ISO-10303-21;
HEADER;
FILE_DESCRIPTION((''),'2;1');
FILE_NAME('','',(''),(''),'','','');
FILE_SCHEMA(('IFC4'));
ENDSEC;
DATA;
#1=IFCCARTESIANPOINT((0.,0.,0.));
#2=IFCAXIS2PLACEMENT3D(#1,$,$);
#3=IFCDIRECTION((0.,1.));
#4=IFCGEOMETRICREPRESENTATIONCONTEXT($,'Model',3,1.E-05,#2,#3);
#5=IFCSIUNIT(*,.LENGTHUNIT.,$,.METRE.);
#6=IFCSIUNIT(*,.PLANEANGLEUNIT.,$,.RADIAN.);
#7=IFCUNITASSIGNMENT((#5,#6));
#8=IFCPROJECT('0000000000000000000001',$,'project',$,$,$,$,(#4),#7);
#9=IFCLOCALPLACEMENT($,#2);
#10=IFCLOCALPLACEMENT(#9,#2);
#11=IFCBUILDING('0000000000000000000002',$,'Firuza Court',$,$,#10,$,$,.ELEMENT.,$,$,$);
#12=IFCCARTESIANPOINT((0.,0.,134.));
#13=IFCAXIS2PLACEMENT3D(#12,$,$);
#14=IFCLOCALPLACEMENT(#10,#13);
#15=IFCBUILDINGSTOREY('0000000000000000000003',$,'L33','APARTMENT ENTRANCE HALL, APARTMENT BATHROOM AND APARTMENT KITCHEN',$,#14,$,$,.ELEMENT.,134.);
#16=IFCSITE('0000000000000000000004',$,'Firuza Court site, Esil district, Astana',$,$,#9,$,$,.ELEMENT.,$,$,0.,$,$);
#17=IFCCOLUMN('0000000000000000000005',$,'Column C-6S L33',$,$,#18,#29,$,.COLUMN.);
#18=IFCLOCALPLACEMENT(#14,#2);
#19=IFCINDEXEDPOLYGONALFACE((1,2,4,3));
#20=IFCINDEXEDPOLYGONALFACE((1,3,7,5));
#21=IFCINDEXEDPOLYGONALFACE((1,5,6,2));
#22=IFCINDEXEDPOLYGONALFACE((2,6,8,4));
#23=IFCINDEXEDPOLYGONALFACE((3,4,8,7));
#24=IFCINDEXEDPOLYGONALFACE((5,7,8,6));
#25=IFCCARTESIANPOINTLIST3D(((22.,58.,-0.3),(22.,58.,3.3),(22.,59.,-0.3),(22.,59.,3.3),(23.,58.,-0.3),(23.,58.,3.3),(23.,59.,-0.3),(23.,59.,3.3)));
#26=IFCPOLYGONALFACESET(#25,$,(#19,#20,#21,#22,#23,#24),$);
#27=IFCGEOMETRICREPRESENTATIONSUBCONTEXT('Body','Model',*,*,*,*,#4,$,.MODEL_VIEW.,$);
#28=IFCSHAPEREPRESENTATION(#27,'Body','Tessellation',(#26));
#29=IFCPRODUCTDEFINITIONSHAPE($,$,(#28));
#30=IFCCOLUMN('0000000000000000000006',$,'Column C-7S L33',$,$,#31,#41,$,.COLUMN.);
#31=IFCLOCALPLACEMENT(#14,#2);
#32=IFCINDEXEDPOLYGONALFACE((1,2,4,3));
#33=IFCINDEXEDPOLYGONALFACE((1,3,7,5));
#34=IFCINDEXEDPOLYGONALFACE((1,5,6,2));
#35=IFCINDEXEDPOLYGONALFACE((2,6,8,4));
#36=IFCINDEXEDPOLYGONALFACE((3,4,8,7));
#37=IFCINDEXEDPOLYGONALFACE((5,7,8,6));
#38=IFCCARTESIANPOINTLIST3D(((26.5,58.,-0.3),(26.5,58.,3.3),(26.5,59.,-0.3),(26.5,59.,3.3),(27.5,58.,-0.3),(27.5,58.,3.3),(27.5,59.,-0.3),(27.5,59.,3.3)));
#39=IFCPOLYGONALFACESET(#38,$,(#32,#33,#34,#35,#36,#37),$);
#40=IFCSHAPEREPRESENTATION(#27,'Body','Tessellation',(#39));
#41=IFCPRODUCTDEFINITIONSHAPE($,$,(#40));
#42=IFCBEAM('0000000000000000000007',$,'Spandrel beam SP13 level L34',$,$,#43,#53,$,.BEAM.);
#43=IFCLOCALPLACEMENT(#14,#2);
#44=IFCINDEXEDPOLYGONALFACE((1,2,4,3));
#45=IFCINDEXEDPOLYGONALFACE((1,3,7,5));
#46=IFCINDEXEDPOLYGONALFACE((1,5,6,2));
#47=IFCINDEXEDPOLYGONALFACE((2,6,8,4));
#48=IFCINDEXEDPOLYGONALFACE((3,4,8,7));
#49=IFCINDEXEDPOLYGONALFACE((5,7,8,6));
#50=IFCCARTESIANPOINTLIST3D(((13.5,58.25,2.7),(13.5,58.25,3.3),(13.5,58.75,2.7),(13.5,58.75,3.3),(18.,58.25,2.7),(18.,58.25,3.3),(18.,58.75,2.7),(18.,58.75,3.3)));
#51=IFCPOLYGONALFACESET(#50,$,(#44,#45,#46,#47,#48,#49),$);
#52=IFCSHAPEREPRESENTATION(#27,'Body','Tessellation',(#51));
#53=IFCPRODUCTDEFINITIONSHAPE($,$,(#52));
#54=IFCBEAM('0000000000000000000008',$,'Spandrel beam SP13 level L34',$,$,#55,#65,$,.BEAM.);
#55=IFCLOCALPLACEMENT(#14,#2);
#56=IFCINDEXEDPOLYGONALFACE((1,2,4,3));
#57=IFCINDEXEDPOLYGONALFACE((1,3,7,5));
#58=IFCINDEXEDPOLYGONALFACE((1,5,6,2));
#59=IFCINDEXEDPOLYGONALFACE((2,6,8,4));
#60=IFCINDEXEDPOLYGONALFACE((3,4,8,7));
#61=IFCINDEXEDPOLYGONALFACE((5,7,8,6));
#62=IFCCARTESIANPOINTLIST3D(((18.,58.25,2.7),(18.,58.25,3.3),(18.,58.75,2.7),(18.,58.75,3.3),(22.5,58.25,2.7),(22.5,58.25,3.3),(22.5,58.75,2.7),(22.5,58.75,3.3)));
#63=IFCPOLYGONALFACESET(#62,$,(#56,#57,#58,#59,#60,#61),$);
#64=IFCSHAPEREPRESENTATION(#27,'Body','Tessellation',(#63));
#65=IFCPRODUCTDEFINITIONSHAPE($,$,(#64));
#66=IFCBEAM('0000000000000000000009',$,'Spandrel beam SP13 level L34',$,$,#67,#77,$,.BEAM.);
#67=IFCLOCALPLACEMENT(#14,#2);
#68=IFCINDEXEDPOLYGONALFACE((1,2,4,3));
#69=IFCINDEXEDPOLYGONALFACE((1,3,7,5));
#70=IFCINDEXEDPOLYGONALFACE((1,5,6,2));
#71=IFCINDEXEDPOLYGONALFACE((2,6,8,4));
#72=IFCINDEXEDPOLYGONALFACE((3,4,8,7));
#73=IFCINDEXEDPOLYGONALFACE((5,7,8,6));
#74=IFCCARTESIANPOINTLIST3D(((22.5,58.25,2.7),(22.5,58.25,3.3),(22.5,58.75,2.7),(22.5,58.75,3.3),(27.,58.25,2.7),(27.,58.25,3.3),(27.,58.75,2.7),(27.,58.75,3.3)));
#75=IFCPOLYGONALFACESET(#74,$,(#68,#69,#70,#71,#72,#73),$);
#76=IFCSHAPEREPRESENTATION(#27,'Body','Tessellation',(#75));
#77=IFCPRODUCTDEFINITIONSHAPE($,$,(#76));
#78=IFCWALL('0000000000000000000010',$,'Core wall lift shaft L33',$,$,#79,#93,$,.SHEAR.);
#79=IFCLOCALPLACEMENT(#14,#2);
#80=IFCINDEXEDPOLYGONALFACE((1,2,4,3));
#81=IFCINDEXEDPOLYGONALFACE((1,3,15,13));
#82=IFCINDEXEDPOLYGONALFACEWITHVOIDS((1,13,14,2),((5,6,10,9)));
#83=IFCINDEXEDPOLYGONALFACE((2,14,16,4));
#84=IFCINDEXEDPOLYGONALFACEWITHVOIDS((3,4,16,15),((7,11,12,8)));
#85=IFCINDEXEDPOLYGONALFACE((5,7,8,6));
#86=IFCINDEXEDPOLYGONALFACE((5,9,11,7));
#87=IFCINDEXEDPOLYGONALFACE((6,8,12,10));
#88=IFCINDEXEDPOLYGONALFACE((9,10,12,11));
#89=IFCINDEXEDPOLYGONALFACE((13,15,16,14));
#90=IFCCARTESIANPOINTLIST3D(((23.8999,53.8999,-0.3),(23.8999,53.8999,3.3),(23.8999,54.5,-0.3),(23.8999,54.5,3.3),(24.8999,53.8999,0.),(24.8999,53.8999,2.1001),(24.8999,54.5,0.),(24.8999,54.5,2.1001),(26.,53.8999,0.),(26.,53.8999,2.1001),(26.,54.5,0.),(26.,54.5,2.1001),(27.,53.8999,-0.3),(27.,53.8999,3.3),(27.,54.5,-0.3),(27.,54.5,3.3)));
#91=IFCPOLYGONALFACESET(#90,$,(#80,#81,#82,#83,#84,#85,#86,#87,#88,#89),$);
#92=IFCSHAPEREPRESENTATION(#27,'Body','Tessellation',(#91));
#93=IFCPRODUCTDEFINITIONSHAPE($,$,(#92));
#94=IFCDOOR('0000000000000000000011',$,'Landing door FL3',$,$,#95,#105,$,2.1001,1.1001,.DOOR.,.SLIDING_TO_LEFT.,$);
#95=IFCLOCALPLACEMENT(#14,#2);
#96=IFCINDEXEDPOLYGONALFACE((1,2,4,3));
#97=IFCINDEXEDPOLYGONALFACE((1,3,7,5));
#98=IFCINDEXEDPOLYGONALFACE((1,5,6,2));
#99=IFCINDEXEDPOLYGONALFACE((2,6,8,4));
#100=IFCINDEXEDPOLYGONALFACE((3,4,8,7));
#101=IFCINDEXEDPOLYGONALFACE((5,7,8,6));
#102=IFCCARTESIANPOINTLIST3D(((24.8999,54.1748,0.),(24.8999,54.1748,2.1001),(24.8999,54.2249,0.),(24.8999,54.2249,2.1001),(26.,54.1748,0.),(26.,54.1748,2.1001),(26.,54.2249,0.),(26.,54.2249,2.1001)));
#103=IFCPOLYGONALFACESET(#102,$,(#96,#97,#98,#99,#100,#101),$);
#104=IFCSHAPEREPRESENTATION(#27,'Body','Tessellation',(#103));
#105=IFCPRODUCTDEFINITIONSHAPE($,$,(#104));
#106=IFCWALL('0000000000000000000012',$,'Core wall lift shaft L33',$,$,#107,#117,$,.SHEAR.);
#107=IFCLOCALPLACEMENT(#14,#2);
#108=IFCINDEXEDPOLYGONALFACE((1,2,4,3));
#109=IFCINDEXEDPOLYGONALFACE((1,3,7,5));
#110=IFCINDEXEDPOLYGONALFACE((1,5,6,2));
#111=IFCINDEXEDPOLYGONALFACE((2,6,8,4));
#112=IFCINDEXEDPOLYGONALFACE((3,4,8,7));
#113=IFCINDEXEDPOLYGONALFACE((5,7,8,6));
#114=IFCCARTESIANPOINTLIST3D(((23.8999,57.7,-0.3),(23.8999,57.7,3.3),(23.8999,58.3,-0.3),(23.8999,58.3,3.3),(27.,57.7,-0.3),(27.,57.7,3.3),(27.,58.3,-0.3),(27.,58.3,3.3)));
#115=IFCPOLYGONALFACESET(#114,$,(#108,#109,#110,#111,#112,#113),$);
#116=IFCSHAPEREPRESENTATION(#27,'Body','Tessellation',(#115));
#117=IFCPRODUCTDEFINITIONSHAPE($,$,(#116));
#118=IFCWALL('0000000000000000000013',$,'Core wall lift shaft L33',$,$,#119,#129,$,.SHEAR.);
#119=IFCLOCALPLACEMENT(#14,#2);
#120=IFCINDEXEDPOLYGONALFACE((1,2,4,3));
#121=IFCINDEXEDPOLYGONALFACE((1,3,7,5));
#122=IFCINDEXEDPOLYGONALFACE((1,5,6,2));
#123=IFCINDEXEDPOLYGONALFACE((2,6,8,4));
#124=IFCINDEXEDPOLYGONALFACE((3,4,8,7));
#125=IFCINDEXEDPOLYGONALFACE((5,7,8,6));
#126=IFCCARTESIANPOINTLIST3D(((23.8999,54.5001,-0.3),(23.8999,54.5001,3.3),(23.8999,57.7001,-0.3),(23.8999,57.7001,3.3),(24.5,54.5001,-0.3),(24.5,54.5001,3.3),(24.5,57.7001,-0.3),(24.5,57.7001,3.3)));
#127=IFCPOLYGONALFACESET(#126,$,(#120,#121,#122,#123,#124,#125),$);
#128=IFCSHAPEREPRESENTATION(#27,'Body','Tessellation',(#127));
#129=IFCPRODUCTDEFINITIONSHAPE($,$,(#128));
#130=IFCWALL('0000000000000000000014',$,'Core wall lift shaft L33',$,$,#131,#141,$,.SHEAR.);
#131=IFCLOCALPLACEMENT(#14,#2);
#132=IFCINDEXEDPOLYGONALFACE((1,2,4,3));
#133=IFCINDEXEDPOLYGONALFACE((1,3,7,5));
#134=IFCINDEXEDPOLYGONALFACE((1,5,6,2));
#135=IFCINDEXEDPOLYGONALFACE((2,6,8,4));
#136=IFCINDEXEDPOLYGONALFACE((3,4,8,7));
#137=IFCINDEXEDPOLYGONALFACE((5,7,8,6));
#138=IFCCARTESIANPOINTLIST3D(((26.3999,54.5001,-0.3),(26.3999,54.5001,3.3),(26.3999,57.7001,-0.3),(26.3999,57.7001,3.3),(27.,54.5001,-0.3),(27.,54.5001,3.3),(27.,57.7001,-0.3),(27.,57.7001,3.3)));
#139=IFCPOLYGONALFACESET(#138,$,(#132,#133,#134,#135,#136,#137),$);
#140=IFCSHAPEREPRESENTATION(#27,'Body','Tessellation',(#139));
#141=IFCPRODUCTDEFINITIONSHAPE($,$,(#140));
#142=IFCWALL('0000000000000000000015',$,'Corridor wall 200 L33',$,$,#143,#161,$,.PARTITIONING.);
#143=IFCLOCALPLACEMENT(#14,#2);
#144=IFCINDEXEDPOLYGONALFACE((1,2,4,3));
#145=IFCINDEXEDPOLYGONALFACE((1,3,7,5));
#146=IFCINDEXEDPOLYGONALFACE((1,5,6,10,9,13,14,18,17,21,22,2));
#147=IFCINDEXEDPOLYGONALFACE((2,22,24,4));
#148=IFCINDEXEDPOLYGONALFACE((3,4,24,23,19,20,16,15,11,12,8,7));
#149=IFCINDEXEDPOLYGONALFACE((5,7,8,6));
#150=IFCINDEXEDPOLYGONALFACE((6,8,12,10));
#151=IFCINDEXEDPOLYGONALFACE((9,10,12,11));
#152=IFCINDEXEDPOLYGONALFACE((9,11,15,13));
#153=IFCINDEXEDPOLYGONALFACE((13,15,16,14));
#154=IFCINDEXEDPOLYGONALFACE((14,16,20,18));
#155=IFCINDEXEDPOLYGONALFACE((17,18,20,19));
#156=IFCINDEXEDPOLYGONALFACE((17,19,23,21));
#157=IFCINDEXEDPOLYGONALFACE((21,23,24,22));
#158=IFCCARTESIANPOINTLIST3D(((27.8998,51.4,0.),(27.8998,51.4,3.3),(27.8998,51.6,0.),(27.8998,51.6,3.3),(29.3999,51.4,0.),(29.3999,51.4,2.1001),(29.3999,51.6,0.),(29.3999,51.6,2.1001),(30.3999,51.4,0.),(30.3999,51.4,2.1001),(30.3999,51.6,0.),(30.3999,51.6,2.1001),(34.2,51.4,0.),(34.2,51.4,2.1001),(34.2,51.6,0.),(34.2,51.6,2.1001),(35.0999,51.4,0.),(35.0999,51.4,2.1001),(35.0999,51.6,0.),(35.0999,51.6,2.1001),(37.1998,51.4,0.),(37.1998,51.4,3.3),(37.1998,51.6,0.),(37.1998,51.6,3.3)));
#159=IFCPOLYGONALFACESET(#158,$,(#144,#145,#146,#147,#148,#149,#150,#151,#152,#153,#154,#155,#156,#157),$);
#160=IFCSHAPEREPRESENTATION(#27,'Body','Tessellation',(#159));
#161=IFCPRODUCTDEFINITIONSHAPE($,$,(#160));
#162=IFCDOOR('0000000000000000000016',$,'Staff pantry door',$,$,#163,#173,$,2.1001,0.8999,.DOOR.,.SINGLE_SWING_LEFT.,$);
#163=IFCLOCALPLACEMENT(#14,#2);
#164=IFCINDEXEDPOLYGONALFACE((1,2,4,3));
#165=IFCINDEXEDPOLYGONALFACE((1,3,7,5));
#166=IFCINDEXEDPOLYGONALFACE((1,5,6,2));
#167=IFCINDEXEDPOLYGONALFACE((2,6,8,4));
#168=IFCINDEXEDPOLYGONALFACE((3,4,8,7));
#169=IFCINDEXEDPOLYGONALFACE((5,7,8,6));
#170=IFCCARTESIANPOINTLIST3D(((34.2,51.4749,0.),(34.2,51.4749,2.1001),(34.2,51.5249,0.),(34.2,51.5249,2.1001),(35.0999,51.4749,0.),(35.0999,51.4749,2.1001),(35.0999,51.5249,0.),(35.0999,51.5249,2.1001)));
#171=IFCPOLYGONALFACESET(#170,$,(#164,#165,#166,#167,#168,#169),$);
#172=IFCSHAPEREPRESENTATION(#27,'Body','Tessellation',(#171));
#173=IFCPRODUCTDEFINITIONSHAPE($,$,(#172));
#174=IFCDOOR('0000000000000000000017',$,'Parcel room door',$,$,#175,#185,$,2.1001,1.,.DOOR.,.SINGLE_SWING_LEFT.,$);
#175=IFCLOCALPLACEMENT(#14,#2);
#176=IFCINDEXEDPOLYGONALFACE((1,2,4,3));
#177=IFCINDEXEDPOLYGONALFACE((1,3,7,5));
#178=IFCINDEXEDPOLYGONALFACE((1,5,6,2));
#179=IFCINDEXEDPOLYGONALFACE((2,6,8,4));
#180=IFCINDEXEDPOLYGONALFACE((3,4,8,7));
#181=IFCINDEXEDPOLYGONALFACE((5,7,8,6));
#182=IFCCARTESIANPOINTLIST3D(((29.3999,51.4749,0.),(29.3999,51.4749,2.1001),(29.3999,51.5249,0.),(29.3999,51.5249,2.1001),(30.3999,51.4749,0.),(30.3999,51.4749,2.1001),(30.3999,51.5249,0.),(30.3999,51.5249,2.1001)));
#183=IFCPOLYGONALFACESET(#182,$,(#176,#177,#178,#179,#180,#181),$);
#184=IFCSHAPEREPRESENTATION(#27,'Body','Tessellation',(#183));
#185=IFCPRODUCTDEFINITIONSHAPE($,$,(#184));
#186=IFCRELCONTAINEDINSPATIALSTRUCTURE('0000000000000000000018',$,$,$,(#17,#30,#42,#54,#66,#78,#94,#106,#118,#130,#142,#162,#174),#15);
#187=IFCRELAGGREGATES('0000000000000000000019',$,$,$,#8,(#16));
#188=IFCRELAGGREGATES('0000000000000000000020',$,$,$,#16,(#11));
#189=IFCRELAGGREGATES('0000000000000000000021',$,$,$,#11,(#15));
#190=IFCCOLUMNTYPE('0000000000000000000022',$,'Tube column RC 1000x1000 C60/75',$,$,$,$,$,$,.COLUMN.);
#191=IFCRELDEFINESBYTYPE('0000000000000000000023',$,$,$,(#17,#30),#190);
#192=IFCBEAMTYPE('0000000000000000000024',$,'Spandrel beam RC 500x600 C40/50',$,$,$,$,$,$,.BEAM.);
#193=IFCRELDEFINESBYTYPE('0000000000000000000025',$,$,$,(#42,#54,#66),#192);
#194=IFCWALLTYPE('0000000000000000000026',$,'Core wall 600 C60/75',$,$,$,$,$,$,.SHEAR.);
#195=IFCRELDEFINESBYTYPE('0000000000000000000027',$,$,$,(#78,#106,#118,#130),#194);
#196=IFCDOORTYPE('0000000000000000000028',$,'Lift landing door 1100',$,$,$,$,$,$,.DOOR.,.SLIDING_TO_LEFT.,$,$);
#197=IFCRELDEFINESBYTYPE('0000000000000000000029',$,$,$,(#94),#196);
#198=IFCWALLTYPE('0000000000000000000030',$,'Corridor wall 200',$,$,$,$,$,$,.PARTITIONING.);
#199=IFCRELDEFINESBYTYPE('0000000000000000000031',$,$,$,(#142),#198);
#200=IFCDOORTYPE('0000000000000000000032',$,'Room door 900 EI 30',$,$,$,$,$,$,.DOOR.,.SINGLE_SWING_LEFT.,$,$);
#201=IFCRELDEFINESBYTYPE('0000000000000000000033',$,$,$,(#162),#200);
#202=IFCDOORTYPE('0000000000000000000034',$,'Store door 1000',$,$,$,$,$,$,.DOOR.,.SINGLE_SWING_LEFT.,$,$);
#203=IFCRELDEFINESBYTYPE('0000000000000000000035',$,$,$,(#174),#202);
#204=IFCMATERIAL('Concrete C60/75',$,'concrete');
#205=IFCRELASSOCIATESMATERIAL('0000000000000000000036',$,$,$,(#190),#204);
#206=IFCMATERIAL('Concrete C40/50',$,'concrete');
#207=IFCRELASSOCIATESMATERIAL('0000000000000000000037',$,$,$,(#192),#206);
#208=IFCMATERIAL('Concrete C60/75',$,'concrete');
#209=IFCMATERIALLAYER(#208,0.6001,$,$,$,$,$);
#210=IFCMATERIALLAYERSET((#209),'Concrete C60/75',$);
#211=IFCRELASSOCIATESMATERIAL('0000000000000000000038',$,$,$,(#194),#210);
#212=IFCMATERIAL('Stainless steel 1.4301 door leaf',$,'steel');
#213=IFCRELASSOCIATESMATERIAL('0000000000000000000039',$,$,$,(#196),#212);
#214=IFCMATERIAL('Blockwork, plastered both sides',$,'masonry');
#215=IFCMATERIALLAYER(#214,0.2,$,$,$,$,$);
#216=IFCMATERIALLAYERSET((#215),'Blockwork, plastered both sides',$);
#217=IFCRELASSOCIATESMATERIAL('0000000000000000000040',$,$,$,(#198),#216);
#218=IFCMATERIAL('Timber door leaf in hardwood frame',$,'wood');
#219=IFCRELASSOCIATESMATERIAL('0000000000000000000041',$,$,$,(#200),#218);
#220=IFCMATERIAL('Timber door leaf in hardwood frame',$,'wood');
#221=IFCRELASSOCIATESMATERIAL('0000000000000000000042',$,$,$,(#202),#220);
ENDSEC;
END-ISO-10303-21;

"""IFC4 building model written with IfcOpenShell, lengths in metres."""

from ifc_helpers import new_model, si_unit, direction, frame, frame_2d, origin, origin_2d, place, context, subcontext, project, spatial, rectangle, extrude, material, layer, layer_set, material_profile, profile_set, type_object, element, fill, save


model = new_model("IFC4")

# Units and contexts
model_context = context("Model", 3, precision=1e-05, world=origin(), true_north=direction((0.0, 1.0)))
body_context = subcontext(model_context, "Body", "Model", "MODEL_VIEW")
ifc_project = project(units=[si_unit("LENGTHUNIT", "METRE"), si_unit("PLANEANGLEUNIT", "RADIAN")], contexts=[model_context])

# Site, building, storey
site_placement = place(None, origin())
site = spatial("IfcSite", under=ifc_project, at=site_placement, Name="Firuza Court site, Esil district, Astana", CompositionType="ELEMENT", RefElevation=0.0)
building_placement = place(site_placement, origin())
building = spatial("IfcBuilding", under=site, at=building_placement, Name="Firuza Court", CompositionType="ELEMENT")
storey_placement = place(building_placement, frame((0.0, 0.0, 134.0)))
storey = spatial("IfcBuildingStorey", under=building, at=storey_placement, Name="L33", Description="APARTMENT ENTRANCE HALL, APARTMENT BATHROOM AND APARTMENT KITCHEN", CompositionType="ELEMENT", Elevation=134.0)

# Columns
ifc_material_1 = material(Name="Concrete C60/75", Category="concrete")
ifc_material_profile_1 = material_profile(ifc_material_1, rectangle(XDim=1.0, YDim=1.0, at=origin_2d()), Name="RC 1000x1000")
ifc_profile_set_1 = profile_set([ifc_material_profile_1], Name="Concrete C60/75")
column_type = type_object("IfcColumnType", Name="Tube column RC 1000x1000 C60/75", PredefinedType="COLUMN", material=ifc_profile_set_1)
for number, where, z_axis, x_axis, name in (
    (1, (22.5, 58.5, -0.3), (0.0, 0.0, 1.0), (1.0, 0.0, 0.0), "Column C-6S L33"),
    (2, (27.0, 58.5, -0.3), (0.0, 0.0, 1.0), (1.0, 0.0, 0.0), "Column C-7S L33"),
):
    element("IfcColumn", number, at=place(storey_placement, frame(where, z_axis=z_axis, x_axis=x_axis)), inside=storey, type_object=column_type, Name=name, PredefinedType="COLUMN", context=body_context, shape_type="SweptSolid", body=[
        extrude(rectangle(XDim=1.0, YDim=1.0, at=origin_2d()), origin(), (0.0, 0.0, 1.0), 3.6001),
    ])

# Beams
ifc_material_2 = material(Name="Concrete C40/50", Category="concrete")
ifc_material_profile_2 = material_profile(ifc_material_2, rectangle(XDim=0.5, YDim=0.6001, at=origin_2d()), Name="RC 500x600")
ifc_profile_set_2 = profile_set([ifc_material_profile_2], Name="Concrete C40/50")
beam_type = type_object("IfcBeamType", Name="Spandrel beam RC 500x600 C40/50", PredefinedType="BEAM", material=ifc_profile_set_2)
for number, where, z_axis, x_axis, name in (
    (3, (18.0, 58.5, 3.0), (-1.0, 0.0, 0.0), (0.0, -1.0, 0.0), "Spandrel beam SP13 level L34"),
    (4, (22.5, 58.5, 3.0), (-1.0, 0.0, 0.0), (0.0, -1.0, 0.0), "Spandrel beam SP13 level L34"),
    (5, (27.0, 58.5, 3.0), (-1.0, 0.0, 0.0), (0.0, -1.0, 0.0), "Spandrel beam SP13 level L34"),
):
    element("IfcBeam", number, at=place(storey_placement, frame(where, z_axis=z_axis, x_axis=x_axis)), inside=storey, type_object=beam_type, Name=name, PredefinedType="BEAM", context=body_context, shape_type="SweptSolid", body=[
        extrude(rectangle(XDim=0.5, YDim=0.6001, at=origin_2d()), origin(), (0.0, 0.0, 1.0), 4.5),
    ])

# Wall, opening, door
ifc_material_3 = material(Name="Concrete C60/75", Category="concrete")
ifc_layer_1 = layer(ifc_material_3, 0.6001)
ifc_layer_set_1 = layer_set([ifc_layer_1], Name="Concrete C60/75")
wall_type_1 = type_object("IfcWallType", Name="Core wall 600 C60/75", PredefinedType="SHEAR", material=ifc_layer_set_1)
wall_1_placement = place(storey_placement, frame((23.8999, 54.2, -0.3), z_axis=(0.0, 0.0, 1.0), x_axis=(1.0, 0.0, 0.0)))
wall_1 = element("IfcWall", 6, at=wall_1_placement, inside=storey, type_object=wall_type_1, Name="Core wall lift shaft L33", PredefinedType="SHEAR", context=body_context, shape_type="SweptSolid", body=[
    extrude(rectangle(XDim=3.1001, YDim=0.6001, at=frame_2d((1.55, 0.0))), origin(), (0.0, 0.0, 1.0), 3.6001),
])
opening_1_placement = place(wall_1_placement, frame((1.0, 0.0, 0.3)))
opening_1 = element("IfcOpeningElement", 7, at=opening_1_placement, cuts=wall_1, PredefinedType="OPENING", context=body_context, shape_type="SweptSolid", body=[
    extrude(rectangle(XDim=1.1001, YDim=2.1001, at=frame_2d((0.55, 1.05))), frame((0.0, 0.312, 0.0), z_axis=(0.0, -1.0, 0.0), x_axis=(1.0, 0.0, 0.0)), (0.0, 0.0, 1.0), 0.624),
])
ifc_material_4 = material(Name="Stainless steel 1.4301 door leaf", Category="steel")
door_type_1 = type_object("IfcDoorType", Name="Lift landing door 1100", OperationType="SLIDING_TO_LEFT", PredefinedType="DOOR", material=ifc_material_4)
door_1_placement = place(opening_1_placement, origin())
door_1 = element("IfcDoor", 8, at=door_1_placement, inside=storey, type_object=door_type_1, Name="Landing door FL3", OperationType="SLIDING_TO_LEFT", OverallHeight=2.1001, OverallWidth=1.1001, PredefinedType="DOOR", context=body_context, shape_type="SweptSolid", body=[
    extrude(rectangle(XDim=1.1001, YDim=2.1001, at=frame_2d((0.55, 1.05))), frame((0.0, 0.0249, 0.0), z_axis=(0.0, -1.0, 0.0), x_axis=(1.0, 0.0, 0.0)), (0.0, 0.0, 1.0), 0.05),
])
fill(opening_1, door_1)

# Walls
wall_2_placement = place(storey_placement, frame((23.8999, 58.0, -0.3), z_axis=(0.0, 0.0, 1.0), x_axis=(1.0, 0.0, 0.0)))
element("IfcWall", 9, at=wall_2_placement, inside=storey, type_object=wall_type_1, Name="Core wall lift shaft L33", PredefinedType="SHEAR", context=body_context, shape_type="SweptSolid", body=[
    extrude(rectangle(XDim=3.1001, YDim=0.6001, at=frame_2d((1.55, 0.0))), origin(), (0.0, 0.0, 1.0), 3.6001),
])
for number, where, z_axis, x_axis, name in (
    (10, (24.2, 54.5, -0.3), (0.0, 0.0, 1.0), (0.0, 1.0, 0.0), "Core wall lift shaft L33"),
    (11, (26.7, 54.5, -0.3), (0.0, 0.0, 1.0), (0.0, 1.0, 0.0), "Core wall lift shaft L33"),
):
    element("IfcWall", number, at=place(storey_placement, frame(where, z_axis=z_axis, x_axis=x_axis)), inside=storey, type_object=wall_type_1, Name=name, PredefinedType="SHEAR", context=body_context, shape_type="SweptSolid", body=[
        extrude(rectangle(XDim=3.2, YDim=0.6001, at=frame_2d((1.6001, 0.0))), origin(), (0.0, 0.0, 1.0), 3.6001),
    ])

# Wall, openings, doors
ifc_material_5 = material(Name="Blockwork, plastered both sides", Category="masonry")
ifc_layer_2 = layer(ifc_material_5, 0.2)
ifc_layer_set_2 = layer_set([ifc_layer_2], Name="Blockwork, plastered both sides")
wall_type_2 = type_object("IfcWallType", Name="Corridor wall 200", PredefinedType="PARTITIONING", material=ifc_layer_set_2)
wall_3_placement = place(storey_placement, frame((27.8999, 51.5, 0.0), z_axis=(0.0, 0.0, 1.0), x_axis=(1.0, 0.0, 0.0)))
wall_3 = element("IfcWall", 12, at=wall_3_placement, inside=storey, type_object=wall_type_2, Name="Corridor wall 200 L33", PredefinedType="PARTITIONING", context=body_context, shape_type="SweptSolid", body=[
    extrude(rectangle(XDim=9.3, YDim=0.2, at=frame_2d((4.6499, 0.0))), origin(), (0.0, 0.0, 1.0), 3.3),
])
opening_2_placement = place(wall_3_placement, frame((1.5, 0.0, 0.0)))
opening_2 = element("IfcOpeningElement", 13, at=opening_2_placement, cuts=wall_3, PredefinedType="OPENING", context=body_context, shape_type="SweptSolid", body=[
    extrude(rectangle(XDim=1.0, YDim=2.1001, at=frame_2d((0.5, 1.05))), frame((0.0, 0.1118, 0.0), z_axis=(0.0, -1.0, 0.0), x_axis=(1.0, 0.0, 0.0)), (0.0, 0.0, 1.0), 0.2239),
])
opening_3_placement = place(wall_3_placement, frame((6.3, 0.0, 0.0)))
opening_3 = element("IfcOpeningElement", 14, at=opening_3_placement, cuts=wall_3, PredefinedType="OPENING", context=body_context, shape_type="SweptSolid", body=[
    extrude(rectangle(XDim=0.8999, YDim=2.1001, at=frame_2d((0.45, 1.05))), frame((0.0, 0.1118, 0.0), z_axis=(0.0, -1.0, 0.0), x_axis=(1.0, 0.0, 0.0)), (0.0, 0.0, 1.0), 0.2239),
])
ifc_material_6 = material(Name="Timber door leaf in hardwood frame", Category="wood")
door_type_2 = type_object("IfcDoorType", Name="Room door 900 EI 30", OperationType="SINGLE_SWING_LEFT", PredefinedType="DOOR", material=ifc_material_6)
door_2_placement = place(opening_3_placement, origin())
door_2 = element("IfcDoor", 15, at=door_2_placement, inside=storey, type_object=door_type_2, Name="Staff pantry door", OperationType="SINGLE_SWING_LEFT", OverallHeight=2.1001, OverallWidth=0.8999, PredefinedType="DOOR", context=body_context, shape_type="SweptSolid", body=[
    extrude(rectangle(XDim=0.8999, YDim=2.1001, at=frame_2d((0.45, 1.05))), frame((0.0, 0.0249, 0.0), z_axis=(0.0, -1.0, 0.0), x_axis=(1.0, 0.0, 0.0)), (0.0, 0.0, 1.0), 0.05),
])
fill(opening_3, door_2)
ifc_material_7 = material(Name="Timber door leaf in hardwood frame", Category="wood")
door_type_3 = type_object("IfcDoorType", Name="Store door 1000", OperationType="SINGLE_SWING_LEFT", PredefinedType="DOOR", material=ifc_material_7)
door_3_placement = place(opening_2_placement, origin())
door_3 = element("IfcDoor", 16, at=door_3_placement, inside=storey, type_object=door_type_3, Name="Parcel room door", OperationType="SINGLE_SWING_LEFT", OverallHeight=2.1001, OverallWidth=1.0, PredefinedType="DOOR", context=body_context, shape_type="SweptSolid", body=[
    extrude(rectangle(XDim=1.0, YDim=2.1001, at=frame_2d((0.5, 1.05))), frame((0.0, 0.0249, 0.0), z_axis=(0.0, -1.0, 0.0), x_axis=(1.0, 0.0, 0.0)), (0.0, 0.0, 1.0), 0.05),
])
fill(opening_2, door_3)

save(model, "model.ifc")
